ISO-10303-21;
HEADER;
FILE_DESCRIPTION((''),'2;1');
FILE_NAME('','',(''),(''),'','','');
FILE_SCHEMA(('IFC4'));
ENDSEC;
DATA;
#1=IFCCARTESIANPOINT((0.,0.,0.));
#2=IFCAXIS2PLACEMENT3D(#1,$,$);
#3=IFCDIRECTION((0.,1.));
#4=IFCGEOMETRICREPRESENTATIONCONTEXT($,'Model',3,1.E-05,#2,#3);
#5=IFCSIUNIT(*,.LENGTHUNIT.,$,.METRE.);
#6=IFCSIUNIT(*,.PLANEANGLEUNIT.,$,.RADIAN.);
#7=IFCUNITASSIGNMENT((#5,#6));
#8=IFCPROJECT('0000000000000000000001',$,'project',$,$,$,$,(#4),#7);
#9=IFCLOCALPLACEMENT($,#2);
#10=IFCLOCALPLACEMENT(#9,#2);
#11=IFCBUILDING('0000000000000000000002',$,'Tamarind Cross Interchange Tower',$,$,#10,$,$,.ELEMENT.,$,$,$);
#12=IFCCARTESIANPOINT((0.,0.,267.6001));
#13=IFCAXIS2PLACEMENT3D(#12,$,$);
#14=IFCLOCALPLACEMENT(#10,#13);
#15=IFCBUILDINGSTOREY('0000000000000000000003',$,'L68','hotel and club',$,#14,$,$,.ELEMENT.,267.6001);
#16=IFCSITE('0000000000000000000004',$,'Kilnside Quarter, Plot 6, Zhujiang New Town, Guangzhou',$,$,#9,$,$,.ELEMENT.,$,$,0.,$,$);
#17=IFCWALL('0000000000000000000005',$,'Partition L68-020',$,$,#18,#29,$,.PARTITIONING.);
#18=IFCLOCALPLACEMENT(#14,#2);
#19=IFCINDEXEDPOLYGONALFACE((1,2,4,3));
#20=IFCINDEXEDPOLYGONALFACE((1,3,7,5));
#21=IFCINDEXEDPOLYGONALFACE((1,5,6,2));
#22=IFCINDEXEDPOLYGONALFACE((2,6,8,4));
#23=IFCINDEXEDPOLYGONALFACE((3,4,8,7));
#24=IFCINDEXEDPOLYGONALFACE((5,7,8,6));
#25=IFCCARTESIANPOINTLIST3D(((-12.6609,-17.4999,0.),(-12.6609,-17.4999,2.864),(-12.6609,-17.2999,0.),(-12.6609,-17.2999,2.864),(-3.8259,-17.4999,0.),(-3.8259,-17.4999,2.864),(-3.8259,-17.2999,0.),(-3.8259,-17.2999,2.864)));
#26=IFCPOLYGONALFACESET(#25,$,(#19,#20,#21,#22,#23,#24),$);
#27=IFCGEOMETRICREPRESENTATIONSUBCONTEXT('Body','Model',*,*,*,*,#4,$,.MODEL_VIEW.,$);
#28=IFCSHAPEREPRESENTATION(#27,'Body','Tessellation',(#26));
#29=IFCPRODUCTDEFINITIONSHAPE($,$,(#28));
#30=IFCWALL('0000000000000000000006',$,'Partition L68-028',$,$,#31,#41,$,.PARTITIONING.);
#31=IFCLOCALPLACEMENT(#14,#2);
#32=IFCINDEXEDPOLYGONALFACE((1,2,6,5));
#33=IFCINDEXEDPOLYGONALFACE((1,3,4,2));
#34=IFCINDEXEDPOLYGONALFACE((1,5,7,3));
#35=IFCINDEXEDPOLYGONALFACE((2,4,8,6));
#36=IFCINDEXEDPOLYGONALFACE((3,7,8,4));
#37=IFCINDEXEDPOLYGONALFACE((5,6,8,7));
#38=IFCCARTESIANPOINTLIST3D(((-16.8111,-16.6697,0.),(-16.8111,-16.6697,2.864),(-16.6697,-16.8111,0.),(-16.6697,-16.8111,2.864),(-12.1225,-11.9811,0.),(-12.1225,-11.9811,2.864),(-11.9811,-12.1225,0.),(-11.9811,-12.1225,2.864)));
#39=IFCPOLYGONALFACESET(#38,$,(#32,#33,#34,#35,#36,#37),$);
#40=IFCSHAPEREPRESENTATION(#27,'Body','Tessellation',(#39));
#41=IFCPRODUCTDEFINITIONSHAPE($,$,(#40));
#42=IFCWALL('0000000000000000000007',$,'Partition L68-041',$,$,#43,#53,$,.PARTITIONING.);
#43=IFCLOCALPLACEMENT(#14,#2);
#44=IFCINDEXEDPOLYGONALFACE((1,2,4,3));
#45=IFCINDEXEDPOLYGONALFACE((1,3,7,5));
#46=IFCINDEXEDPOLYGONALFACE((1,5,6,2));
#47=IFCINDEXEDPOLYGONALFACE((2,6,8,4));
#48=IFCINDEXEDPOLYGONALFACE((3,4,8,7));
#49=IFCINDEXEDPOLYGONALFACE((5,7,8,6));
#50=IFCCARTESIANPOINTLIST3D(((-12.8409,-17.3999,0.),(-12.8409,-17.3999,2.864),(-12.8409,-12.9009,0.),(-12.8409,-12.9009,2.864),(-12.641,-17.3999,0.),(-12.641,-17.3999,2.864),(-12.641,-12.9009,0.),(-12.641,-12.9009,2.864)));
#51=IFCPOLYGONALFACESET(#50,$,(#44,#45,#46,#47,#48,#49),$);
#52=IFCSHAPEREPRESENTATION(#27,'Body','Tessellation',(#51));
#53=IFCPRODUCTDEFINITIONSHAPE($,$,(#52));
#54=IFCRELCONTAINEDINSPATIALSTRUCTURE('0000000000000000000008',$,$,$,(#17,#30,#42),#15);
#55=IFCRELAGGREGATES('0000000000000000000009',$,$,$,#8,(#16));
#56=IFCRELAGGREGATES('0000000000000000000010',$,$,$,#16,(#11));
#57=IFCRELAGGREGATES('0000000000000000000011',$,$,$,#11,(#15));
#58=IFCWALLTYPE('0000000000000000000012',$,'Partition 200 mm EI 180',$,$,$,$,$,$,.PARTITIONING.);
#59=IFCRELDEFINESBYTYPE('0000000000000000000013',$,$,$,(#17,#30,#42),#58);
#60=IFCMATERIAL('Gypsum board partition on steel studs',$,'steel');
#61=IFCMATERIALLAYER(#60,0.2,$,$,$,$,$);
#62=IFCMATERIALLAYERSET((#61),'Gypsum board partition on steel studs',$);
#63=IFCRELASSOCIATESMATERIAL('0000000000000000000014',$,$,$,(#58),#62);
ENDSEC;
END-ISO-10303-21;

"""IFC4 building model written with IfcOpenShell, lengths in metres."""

from ifc_helpers import new_model, si_unit, direction, frame, frame_2d, origin, place, context, subcontext, project, spatial, rectangle, extrude, material, layer, layer_set, type_object, element, save


model = new_model("IFC4")

# Units and contexts
model_context = context("Model", 3, precision=1e-05, world=origin(), true_north=direction((0.0, 1.0)))
body_context = subcontext(model_context, "Body", "Model", "MODEL_VIEW")
ifc_project = project(units=[si_unit("LENGTHUNIT", "METRE"), si_unit("PLANEANGLEUNIT", "RADIAN")], contexts=[model_context])

# Site, building, storey
site_placement = place(None, origin())
site = spatial("IfcSite", under=ifc_project, at=site_placement, Name="Kilnside Quarter, Plot 6, Zhujiang New Town, Guangzhou", CompositionType="ELEMENT", RefElevation=0.0)
building_placement = place(site_placement, origin())
building = spatial("IfcBuilding", under=site, at=building_placement, Name="Tamarind Cross Interchange Tower", CompositionType="ELEMENT")
storey_placement = place(building_placement, frame((0.0, 0.0, 267.6001)))
storey = spatial("IfcBuildingStorey", under=building, at=storey_placement, Name="L68", Description="hotel and club", CompositionType="ELEMENT", Elevation=267.6001)

# Shared definitions
ifc_material_1 = material(Name="Gypsum board partition on steel studs", Category="steel")
ifc_layer_1 = layer(ifc_material_1, 0.2)
ifc_layer_set_1 = layer_set([ifc_layer_1], Name="Gypsum board partition on steel studs")
wall_type = type_object("IfcWallType", Name="Partition 200 mm EI 180", PredefinedType="PARTITIONING", material=ifc_layer_set_1)

# Walls
wall_1_placement = place(storey_placement, frame((-12.6609, -17.3999, 0.0), z_axis=(0.0, 0.0, 1.0), x_axis=(1.0, 0.0, 0.0)))
element("IfcWall", 1, at=wall_1_placement, inside=storey, type_object=wall_type, Name="Partition L68-020", PredefinedType="PARTITIONING", context=body_context, shape_type="SweptSolid", body=[
    extrude(rectangle(XDim=8.835, YDim=0.2, at=frame_2d((4.4175, 0.0))), origin(), (0.0, 0.0, 1.0), 2.864),
])
wall_2_placement = place(storey_placement, frame((-16.7405, -16.7405, 0.0), z_axis=(0.0, 0.0, 1.0), x_axis=(0.707107, 0.707107, 0.0)))
element("IfcWall", 2, at=wall_2_placement, inside=storey, type_object=wall_type, Name="Partition L68-028", PredefinedType="PARTITIONING", context=body_context, shape_type="SweptSolid", body=[
    extrude(rectangle(XDim=6.6306, YDim=0.2, at=frame_2d((3.3154, 0.0))), origin(), (0.0, 0.0, 1.0), 2.864),
])
wall_3_placement = place(storey_placement, frame((-12.741, -17.3999, 0.0), z_axis=(0.0, 0.0, 1.0), x_axis=(0.0, 1.0, 0.0)))
element("IfcWall", 3, at=wall_3_placement, inside=storey, type_object=wall_type, Name="Partition L68-041", PredefinedType="PARTITIONING", context=body_context, shape_type="SweptSolid", body=[
    extrude(rectangle(XDim=4.499, YDim=0.2, at=frame_2d((2.2495, 0.0))), origin(), (0.0, 0.0, 1.0), 2.864),
])

save(model, "model.ifc")
